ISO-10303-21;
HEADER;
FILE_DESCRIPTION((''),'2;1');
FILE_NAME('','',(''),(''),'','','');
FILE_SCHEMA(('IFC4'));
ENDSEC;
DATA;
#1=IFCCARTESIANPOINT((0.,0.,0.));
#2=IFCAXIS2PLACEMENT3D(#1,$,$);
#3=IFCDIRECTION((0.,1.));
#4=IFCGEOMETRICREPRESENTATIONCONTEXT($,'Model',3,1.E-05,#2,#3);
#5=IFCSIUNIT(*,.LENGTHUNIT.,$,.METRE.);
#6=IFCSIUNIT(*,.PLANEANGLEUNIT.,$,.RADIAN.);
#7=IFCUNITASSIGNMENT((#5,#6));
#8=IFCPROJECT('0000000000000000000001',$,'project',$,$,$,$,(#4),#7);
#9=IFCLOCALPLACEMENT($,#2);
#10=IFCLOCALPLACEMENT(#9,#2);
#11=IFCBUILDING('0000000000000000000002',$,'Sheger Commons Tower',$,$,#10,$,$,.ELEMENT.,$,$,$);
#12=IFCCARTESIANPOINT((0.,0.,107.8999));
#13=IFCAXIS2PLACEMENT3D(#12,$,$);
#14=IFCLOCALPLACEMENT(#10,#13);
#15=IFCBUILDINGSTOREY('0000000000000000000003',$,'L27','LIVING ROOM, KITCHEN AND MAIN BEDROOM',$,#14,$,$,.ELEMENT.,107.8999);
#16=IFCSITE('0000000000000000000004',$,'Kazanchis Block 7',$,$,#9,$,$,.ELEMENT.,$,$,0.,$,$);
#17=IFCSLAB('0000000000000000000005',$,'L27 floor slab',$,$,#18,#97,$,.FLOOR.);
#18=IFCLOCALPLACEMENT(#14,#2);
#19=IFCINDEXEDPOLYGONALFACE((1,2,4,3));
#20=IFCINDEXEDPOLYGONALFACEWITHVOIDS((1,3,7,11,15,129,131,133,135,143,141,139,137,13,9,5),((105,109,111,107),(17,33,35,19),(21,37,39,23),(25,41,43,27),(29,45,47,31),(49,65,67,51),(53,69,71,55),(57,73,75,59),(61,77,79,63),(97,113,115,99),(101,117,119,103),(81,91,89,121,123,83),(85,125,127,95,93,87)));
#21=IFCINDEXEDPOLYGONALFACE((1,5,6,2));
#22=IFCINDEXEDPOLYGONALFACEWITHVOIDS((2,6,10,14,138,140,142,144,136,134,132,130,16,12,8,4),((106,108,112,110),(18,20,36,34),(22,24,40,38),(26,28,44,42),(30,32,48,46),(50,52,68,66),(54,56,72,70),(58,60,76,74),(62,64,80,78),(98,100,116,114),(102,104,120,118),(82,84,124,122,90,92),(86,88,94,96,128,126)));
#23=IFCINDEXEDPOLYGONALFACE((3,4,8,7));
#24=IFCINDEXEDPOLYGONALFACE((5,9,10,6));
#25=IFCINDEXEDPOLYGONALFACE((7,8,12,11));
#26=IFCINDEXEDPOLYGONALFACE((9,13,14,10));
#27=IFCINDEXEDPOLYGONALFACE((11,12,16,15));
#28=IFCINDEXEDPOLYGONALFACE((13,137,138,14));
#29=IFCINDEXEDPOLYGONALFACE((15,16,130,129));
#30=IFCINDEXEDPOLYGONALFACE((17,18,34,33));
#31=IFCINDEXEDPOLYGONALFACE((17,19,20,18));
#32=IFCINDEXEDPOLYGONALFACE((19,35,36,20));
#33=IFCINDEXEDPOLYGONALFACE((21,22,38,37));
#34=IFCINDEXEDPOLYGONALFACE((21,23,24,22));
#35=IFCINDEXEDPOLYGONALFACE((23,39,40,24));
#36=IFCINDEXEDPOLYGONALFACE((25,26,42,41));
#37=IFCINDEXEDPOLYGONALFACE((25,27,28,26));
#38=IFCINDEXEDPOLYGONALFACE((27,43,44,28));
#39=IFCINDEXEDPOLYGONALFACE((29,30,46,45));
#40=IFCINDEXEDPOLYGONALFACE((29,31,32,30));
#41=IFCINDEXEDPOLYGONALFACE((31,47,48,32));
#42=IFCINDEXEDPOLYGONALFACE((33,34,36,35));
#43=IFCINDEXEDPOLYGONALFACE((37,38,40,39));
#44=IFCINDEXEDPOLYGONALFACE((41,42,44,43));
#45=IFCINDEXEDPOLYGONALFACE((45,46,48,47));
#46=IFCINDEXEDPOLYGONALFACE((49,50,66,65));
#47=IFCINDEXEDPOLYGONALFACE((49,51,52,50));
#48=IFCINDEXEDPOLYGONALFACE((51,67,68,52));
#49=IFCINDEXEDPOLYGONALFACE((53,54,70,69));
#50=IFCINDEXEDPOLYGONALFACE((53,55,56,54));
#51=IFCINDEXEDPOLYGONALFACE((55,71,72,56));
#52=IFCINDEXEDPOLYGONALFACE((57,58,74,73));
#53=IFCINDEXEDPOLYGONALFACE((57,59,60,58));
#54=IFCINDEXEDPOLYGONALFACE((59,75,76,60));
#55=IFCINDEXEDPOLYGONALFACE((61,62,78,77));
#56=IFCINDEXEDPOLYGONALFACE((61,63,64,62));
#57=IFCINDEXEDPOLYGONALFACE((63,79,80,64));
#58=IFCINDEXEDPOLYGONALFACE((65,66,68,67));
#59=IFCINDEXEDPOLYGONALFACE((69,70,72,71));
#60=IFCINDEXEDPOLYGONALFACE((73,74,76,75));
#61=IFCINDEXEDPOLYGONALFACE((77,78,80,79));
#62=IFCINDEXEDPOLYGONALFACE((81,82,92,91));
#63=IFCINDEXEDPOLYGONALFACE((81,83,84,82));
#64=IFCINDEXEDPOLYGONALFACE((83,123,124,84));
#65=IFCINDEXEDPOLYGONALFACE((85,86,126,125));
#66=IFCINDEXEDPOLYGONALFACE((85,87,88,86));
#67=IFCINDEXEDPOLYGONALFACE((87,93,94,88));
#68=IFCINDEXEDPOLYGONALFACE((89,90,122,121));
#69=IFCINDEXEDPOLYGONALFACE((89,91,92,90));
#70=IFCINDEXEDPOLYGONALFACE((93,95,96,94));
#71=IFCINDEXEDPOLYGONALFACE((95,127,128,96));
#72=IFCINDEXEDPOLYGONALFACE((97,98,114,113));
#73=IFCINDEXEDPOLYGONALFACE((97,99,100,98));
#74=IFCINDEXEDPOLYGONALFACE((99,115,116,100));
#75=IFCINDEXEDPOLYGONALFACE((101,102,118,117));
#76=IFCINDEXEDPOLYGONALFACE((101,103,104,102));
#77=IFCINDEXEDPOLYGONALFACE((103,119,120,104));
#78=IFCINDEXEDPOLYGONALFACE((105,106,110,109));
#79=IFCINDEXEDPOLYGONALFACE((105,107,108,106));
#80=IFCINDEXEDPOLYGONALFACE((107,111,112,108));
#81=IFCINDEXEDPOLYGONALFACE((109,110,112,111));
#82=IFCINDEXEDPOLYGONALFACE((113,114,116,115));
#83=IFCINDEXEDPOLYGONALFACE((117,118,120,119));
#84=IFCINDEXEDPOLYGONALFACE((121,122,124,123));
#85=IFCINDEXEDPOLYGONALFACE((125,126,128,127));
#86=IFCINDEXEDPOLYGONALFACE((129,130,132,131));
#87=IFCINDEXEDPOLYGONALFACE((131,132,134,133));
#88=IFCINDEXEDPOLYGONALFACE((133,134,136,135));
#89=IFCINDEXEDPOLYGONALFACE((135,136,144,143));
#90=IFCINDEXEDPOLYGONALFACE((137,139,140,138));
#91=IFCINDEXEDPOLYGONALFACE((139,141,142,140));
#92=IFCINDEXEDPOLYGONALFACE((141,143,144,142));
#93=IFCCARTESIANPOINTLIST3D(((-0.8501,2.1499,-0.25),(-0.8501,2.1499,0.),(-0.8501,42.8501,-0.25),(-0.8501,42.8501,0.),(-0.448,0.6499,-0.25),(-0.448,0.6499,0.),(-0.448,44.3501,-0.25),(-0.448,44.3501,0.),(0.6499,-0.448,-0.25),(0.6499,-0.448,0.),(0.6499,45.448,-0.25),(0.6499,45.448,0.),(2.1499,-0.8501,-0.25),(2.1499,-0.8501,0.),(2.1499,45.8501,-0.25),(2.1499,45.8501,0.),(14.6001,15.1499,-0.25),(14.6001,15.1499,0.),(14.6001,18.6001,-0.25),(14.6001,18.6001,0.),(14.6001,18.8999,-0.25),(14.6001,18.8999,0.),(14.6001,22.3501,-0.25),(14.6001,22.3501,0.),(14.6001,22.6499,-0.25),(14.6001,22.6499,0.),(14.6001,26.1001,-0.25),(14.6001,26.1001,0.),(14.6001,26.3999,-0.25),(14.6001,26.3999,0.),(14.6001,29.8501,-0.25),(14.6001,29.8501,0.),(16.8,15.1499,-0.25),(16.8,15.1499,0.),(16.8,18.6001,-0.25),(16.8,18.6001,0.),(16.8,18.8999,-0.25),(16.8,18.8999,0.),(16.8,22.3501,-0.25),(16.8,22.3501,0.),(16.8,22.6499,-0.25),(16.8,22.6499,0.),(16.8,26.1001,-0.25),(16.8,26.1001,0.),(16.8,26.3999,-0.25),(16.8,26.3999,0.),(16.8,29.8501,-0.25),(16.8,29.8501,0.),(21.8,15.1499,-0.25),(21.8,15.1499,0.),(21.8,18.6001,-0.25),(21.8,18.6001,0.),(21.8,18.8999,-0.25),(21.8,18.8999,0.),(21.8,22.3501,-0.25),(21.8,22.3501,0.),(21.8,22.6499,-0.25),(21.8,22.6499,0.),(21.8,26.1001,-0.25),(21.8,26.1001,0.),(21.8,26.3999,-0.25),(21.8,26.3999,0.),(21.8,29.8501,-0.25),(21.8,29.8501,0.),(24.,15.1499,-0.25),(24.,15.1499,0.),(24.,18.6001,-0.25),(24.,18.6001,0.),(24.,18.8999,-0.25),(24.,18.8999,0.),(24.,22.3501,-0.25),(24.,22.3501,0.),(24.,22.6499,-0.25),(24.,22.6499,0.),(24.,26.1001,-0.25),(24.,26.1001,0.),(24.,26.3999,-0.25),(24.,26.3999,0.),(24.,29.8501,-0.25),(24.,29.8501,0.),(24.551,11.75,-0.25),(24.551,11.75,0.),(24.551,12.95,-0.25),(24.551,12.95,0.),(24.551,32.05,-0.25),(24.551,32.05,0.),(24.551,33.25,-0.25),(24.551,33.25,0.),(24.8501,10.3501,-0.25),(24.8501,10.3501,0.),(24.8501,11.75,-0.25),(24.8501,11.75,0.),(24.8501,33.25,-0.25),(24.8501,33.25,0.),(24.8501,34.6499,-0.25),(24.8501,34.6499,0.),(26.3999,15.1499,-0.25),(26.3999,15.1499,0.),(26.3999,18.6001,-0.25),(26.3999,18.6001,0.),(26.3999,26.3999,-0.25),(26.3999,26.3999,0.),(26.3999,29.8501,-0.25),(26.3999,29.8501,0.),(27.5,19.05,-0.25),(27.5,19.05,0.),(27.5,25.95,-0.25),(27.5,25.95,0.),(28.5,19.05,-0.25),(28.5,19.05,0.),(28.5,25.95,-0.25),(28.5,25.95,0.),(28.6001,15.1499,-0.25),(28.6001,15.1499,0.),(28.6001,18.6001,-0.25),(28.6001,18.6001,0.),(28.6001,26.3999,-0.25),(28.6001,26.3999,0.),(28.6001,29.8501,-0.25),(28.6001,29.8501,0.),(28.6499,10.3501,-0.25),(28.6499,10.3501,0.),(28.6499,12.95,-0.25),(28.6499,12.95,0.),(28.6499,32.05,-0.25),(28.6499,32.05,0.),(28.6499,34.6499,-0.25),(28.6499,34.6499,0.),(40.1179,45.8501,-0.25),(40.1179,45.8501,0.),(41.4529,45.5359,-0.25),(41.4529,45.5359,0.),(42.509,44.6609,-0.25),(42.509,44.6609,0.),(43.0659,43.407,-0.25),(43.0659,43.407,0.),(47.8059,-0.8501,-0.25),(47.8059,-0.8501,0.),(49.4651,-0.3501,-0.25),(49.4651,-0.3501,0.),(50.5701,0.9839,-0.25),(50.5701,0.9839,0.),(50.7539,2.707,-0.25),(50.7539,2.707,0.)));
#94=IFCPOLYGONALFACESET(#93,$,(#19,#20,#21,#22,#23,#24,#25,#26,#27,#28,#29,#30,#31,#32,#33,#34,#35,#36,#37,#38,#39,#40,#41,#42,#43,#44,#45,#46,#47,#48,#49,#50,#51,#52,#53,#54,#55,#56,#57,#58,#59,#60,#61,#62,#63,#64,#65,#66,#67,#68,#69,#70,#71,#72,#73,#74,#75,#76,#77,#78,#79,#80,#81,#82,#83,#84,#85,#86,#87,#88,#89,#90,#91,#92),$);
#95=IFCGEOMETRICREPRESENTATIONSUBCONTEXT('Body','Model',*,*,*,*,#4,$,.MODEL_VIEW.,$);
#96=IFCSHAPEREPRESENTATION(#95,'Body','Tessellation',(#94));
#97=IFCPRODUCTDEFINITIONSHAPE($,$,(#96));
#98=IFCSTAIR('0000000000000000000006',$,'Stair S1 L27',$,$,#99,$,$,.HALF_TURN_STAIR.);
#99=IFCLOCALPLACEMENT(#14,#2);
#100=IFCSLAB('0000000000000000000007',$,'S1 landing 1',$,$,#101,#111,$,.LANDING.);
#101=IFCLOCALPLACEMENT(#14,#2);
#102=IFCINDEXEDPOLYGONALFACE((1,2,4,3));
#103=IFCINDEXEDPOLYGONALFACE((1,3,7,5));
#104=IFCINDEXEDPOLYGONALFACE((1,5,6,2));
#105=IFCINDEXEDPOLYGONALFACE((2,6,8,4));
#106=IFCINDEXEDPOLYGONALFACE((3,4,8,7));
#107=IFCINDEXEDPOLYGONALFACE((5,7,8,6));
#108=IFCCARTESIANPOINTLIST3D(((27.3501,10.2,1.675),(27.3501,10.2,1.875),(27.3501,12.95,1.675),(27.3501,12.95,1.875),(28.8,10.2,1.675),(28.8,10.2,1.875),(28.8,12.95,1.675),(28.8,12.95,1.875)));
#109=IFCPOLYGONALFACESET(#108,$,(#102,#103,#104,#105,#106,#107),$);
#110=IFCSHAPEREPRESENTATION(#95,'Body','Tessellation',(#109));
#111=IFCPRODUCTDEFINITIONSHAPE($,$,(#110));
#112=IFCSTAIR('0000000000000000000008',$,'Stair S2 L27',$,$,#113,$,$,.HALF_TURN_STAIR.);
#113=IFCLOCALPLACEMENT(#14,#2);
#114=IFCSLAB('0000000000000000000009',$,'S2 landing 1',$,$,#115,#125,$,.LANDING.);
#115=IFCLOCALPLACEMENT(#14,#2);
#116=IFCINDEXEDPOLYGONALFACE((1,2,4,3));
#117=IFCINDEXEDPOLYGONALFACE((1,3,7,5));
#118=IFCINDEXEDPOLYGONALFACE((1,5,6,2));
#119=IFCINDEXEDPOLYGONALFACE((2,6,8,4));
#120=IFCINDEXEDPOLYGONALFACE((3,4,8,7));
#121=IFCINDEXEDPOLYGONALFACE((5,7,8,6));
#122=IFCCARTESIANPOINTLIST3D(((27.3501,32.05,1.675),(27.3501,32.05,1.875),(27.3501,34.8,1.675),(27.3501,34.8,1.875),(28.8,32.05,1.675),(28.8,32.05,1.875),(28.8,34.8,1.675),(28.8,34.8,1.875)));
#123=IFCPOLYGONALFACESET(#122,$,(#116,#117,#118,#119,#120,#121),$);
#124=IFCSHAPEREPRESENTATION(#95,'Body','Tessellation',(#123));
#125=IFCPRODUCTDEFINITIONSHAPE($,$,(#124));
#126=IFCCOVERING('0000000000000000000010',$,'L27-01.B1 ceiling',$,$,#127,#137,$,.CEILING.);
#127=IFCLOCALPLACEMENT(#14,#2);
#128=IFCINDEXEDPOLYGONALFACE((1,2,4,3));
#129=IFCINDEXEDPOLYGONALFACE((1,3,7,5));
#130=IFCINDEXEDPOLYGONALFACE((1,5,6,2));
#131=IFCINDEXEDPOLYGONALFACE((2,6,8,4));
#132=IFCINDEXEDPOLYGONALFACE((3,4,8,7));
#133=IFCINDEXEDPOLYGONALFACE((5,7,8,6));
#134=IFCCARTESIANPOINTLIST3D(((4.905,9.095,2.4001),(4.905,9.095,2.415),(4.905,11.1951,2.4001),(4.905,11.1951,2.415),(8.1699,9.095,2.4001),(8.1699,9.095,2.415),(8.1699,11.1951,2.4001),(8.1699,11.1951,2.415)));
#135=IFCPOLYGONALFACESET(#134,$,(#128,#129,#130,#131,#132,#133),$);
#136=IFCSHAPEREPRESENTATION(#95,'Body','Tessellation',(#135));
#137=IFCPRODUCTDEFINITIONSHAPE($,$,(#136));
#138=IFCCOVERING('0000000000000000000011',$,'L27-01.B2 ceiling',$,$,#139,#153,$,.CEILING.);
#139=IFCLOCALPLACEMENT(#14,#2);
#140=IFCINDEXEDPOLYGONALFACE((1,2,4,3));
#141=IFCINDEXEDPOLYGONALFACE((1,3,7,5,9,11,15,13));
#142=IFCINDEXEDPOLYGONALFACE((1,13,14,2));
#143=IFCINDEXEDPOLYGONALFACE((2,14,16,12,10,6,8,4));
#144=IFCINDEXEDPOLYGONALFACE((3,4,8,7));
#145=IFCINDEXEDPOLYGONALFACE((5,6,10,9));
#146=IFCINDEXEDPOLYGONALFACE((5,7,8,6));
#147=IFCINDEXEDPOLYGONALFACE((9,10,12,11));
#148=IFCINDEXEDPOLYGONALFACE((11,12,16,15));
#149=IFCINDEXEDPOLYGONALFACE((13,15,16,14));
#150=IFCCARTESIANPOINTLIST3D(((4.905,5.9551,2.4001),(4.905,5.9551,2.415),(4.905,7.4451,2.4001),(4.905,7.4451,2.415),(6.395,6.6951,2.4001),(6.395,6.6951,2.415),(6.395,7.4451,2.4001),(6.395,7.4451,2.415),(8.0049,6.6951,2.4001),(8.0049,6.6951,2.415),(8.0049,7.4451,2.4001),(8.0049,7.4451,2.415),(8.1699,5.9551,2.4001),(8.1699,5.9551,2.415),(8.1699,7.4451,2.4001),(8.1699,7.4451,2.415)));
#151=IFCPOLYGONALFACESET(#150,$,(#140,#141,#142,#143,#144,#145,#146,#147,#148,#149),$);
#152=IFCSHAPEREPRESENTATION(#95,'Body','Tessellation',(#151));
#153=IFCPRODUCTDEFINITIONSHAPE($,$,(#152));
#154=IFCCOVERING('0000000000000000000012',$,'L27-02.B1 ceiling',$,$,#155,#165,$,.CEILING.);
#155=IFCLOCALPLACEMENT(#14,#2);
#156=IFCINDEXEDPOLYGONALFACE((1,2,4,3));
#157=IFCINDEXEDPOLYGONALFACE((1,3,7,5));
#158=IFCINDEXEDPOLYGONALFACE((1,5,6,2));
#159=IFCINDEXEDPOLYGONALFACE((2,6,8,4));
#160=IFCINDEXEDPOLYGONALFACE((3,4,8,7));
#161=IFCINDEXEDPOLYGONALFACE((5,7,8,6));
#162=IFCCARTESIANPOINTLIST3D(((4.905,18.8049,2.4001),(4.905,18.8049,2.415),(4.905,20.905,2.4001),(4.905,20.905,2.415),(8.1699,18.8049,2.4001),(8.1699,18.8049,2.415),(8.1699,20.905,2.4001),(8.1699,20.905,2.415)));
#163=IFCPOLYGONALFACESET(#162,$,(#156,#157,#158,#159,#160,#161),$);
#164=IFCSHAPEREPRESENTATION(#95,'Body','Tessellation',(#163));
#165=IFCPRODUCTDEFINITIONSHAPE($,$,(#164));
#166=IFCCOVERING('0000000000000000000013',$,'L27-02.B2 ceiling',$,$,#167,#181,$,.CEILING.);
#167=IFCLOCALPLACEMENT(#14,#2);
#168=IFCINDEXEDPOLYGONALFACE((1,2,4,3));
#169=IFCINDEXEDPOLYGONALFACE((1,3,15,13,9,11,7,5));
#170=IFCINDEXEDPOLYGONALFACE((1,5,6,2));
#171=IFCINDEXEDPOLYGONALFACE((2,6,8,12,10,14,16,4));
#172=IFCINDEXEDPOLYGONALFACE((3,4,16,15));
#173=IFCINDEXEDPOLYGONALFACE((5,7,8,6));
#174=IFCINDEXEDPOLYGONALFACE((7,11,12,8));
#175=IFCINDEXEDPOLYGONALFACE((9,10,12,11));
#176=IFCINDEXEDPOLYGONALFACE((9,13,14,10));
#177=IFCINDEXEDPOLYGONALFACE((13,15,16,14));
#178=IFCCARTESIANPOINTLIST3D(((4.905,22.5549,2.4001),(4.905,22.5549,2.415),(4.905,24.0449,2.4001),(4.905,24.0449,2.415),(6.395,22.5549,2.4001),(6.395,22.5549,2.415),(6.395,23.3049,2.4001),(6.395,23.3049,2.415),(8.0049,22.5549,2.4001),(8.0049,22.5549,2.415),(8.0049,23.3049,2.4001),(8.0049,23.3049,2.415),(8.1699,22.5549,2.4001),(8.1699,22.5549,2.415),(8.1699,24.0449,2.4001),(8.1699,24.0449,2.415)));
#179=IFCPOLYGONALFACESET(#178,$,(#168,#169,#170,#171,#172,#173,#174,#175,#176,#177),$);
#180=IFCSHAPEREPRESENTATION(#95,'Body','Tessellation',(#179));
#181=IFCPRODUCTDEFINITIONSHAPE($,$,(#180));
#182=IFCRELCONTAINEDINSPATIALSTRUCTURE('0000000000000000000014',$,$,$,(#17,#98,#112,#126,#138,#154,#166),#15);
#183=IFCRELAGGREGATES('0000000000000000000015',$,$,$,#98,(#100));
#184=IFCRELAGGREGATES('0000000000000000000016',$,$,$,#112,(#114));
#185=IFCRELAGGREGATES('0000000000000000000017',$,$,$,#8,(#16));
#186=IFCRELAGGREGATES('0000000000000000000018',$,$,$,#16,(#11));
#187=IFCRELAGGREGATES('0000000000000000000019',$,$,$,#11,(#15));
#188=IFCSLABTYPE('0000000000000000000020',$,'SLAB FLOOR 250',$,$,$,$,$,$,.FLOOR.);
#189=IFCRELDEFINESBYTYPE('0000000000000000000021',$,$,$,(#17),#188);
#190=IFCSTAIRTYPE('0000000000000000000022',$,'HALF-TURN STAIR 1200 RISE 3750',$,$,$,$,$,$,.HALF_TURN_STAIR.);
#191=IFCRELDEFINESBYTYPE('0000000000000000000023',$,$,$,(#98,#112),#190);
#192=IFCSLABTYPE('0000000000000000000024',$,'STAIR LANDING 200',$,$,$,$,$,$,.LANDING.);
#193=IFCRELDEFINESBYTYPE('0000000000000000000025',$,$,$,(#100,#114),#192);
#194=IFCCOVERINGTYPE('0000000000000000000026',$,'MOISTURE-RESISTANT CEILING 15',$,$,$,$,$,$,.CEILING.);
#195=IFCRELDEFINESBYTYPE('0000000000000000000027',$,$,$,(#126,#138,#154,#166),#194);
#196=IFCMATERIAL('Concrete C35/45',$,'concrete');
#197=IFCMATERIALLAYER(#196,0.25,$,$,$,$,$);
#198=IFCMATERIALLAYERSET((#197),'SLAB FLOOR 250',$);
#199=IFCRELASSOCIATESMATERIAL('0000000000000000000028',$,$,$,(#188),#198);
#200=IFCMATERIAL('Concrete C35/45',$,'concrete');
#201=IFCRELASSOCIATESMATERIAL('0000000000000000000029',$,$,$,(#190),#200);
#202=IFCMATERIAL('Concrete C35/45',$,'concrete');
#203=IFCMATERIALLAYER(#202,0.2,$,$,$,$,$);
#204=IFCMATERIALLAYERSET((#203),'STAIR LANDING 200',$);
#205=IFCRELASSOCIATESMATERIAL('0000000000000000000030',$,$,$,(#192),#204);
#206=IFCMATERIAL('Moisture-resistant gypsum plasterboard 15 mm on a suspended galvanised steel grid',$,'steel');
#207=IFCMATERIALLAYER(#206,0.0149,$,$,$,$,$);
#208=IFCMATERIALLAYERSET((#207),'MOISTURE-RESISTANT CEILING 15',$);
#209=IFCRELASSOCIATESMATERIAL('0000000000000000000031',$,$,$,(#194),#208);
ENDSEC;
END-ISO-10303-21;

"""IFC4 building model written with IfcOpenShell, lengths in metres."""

from ifc_helpers import new_model, si_unit, direction, frame, origin, place, context, subcontext, project, spatial, polyline, outline, extrude, material, layer, layer_set, type_object, element, aggregate, save


model = new_model("IFC4")

# Units and contexts
model_context = context("Model", 3, precision=1e-05, world=origin(), true_north=direction((0.0, 1.0)))
body_context = subcontext(model_context, "Body", "Model", "MODEL_VIEW")
ifc_project = project(units=[si_unit("LENGTHUNIT", "METRE"), si_unit("PLANEANGLEUNIT", "RADIAN")], contexts=[model_context])

# Site, building, storey
site_placement = place(None, origin())
site = spatial("IfcSite", under=ifc_project, at=site_placement, Name="Kazanchis Block 7", CompositionType="ELEMENT", RefElevation=0.0)
building_placement = place(site_placement, origin())
building = spatial("IfcBuilding", under=site, at=building_placement, Name="Sheger Commons Tower", CompositionType="ELEMENT")
storey_placement = place(building_placement, frame((0.0, 0.0, 107.8999)))
storey = spatial("IfcBuildingStorey", under=building, at=storey_placement, Name="L27", Description="LIVING ROOM, KITCHEN AND MAIN BEDROOM", CompositionType="ELEMENT", Elevation=107.8999)

# Slab
ifc_material_1 = material(Name="Concrete C35/45", Category="concrete")
ifc_layer_1 = layer(ifc_material_1, 0.25)
ifc_layer_set_1 = layer_set([ifc_layer_1], Name="SLAB FLOOR 250")
slab_type_1 = type_object("IfcSlabType", Name="SLAB FLOOR 250", PredefinedType="FLOOR", material=ifc_layer_set_1)
slab_1_placement = place(storey_placement, frame((0.0, 0.0, -0.25)))
element("IfcSlab", 1, at=slab_1_placement, inside=storey, type_object=slab_type_1, Name="L27 floor slab", PredefinedType="FLOOR", context=body_context, shape_type="SweptSolid", body=[
    extrude(outline(polyline([(-0.8501, 2.1499), (-0.448, 0.6499), (0.6499, -0.448), (2.1499, -0.8501), (47.8059, -0.8501), (49.4651, -0.3501), (50.5701, 0.9839), (50.7539, 2.707), (43.0659, 43.407), (42.509, 44.6609), (41.4529, 45.5359), (40.1179, 45.8501), (2.1499, 45.8501), (0.6499, 45.448), (-0.448, 44.3501), (-0.8501, 42.8501), (-0.8501, 2.1499)]), holes=[polyline([(24.8501, 10.3501), (28.6499, 10.3501), (28.6499, 12.95), (24.551, 12.95), (24.551, 11.75), (24.8501, 11.75), (24.8501, 10.3501)]), polyline([(24.551, 32.05), (28.6499, 32.05), (28.6499, 34.6499), (24.8501, 34.6499), (24.8501, 33.25), (24.551, 33.25), (24.551, 32.05)]), polyline([(26.3999, 15.1499), (28.6001, 15.1499), (28.6001, 18.6001), (26.3999, 18.6001), (26.3999, 15.1499)]), polyline([(26.3999, 26.3999), (28.6001, 26.3999), (28.6001, 29.8501), (26.3999, 29.8501), (26.3999, 26.3999)]), polyline([(14.6001, 15.1499), (16.8, 15.1499), (16.8, 18.6001), (14.6001, 18.6001), (14.6001, 15.1499)]), polyline([(14.6001, 18.8999), (16.8, 18.8999), (16.8, 22.3501), (14.6001, 22.3501), (14.6001, 18.8999)]), polyline([(14.6001, 22.6499), (16.8, 22.6499), (16.8, 26.1001), (14.6001, 26.1001), (14.6001, 22.6499)]), polyline([(14.6001, 26.3999), (16.8, 26.3999), (16.8, 29.8501), (14.6001, 29.8501), (14.6001, 26.3999)]), polyline([(21.8, 15.1499), (24.0, 15.1499), (24.0, 18.6001), (21.8, 18.6001), (21.8, 15.1499)]), polyline([(21.8, 18.8999), (24.0, 18.8999), (24.0, 22.3501), (21.8, 22.3501), (21.8, 18.8999)]), polyline([(21.8, 22.6499), (24.0, 22.6499), (24.0, 26.1001), (21.8, 26.1001), (21.8, 22.6499)]), polyline([(21.8, 26.3999), (24.0, 26.3999), (24.0, 29.8501), (21.8, 29.8501), (21.8, 26.3999)]), polyline([(27.5, 19.05), (28.5, 19.05), (28.5, 25.95), (27.5, 25.95), (27.5, 19.05)])]), origin(), (0.0, 0.0, 1.0), 0.25),
])

# Stairs, slabs
ifc_material_2 = material(Name="Concrete C35/45", Category="concrete")
stair_type = type_object("IfcStairType", Name="HALF-TURN STAIR 1200 RISE 3750", PredefinedType="HALF_TURN_STAIR", material=ifc_material_2)
stair_1_placement = place(storey_placement, origin())
stair_1 = element("IfcStair", 2, at=stair_1_placement, inside=storey, type_object=stair_type, Name="Stair S1 L27", PredefinedType="HALF_TURN_STAIR")
ifc_material_3 = material(Name="Concrete C35/45", Category="concrete")
ifc_layer_2 = layer(ifc_material_3, 0.2)
ifc_layer_set_2 = layer_set([ifc_layer_2], Name="STAIR LANDING 200")
slab_type_2 = type_object("IfcSlabType", Name="STAIR LANDING 200", PredefinedType="LANDING", material=ifc_layer_set_2)
slab_2_placement = place(storey_placement, frame((0.0, 0.0, 1.675)))
slab_2 = element("IfcSlab", 3, at=slab_2_placement, type_object=slab_type_2, Name="S1 landing 1", PredefinedType="LANDING", context=body_context, shape_type="SweptSolid", body=[
    extrude(outline(polyline([(27.3501, 10.2), (28.8, 10.2), (28.8, 12.95), (27.3501, 12.95), (27.3501, 10.2)])), origin(), (0.0, 0.0, 1.0), 0.2),
])
aggregate(stair_1, [slab_2])
stair_2_placement = place(storey_placement, origin())
stair_2 = element("IfcStair", 4, at=stair_2_placement, inside=storey, type_object=stair_type, Name="Stair S2 L27", PredefinedType="HALF_TURN_STAIR")
slab_3_placement = place(storey_placement, frame((0.0, 0.0, 1.675)))
slab_3 = element("IfcSlab", 5, at=slab_3_placement, type_object=slab_type_2, Name="S2 landing 1", PredefinedType="LANDING", context=body_context, shape_type="SweptSolid", body=[
    extrude(outline(polyline([(27.3501, 32.05), (28.8, 32.05), (28.8, 34.8), (27.3501, 34.8), (27.3501, 32.05)])), origin(), (0.0, 0.0, 1.0), 0.2),
])
aggregate(stair_2, [slab_3])

# Coverings
ifc_material_4 = material(Name="Moisture-resistant gypsum plasterboard 15 mm on a suspended galvanised steel grid", Category="steel")
ifc_layer_3 = layer(ifc_material_4, 0.0149)
ifc_layer_set_3 = layer_set([ifc_layer_3], Name="MOISTURE-RESISTANT CEILING 15")
covering_type_1 = type_object("IfcCoveringType", Name="MOISTURE-RESISTANT CEILING 15", PredefinedType="CEILING", material=ifc_layer_set_3)
covering_1_placement = place(storey_placement, frame((0.0, 0.0, 2.4001)))
element("IfcCovering", 6, at=covering_1_placement, inside=storey, type_object=covering_type_1, Name="L27-01.B1 ceiling", PredefinedType="CEILING", context=body_context, shape_type="SweptSolid", body=[
    extrude(outline(polyline([(4.905, 9.095), (8.1699, 9.095), (8.1699, 11.1951), (4.905, 11.1951), (4.905, 9.095)])), origin(), (0.0, 0.0, 1.0), 0.0149),
])
covering_2_placement = place(storey_placement, frame((0.0, 0.0, 2.4001)))
element("IfcCovering", 7, at=covering_2_placement, inside=storey, type_object=covering_type_1, Name="L27-01.B2 ceiling", PredefinedType="CEILING", context=body_context, shape_type="SweptSolid", body=[
    extrude(outline(polyline([(4.905, 5.9551), (8.1699, 5.9551), (8.1699, 7.4451), (8.0049, 7.4451), (8.0049, 6.6951), (6.395, 6.6951), (6.395, 7.4451), (4.905, 7.4451), (4.905, 5.9551)])), origin(), (0.0, 0.0, 1.0), 0.0149),
])
covering_3_placement = place(storey_placement, frame((0.0, 0.0, 2.4001)))
element("IfcCovering", 8, at=covering_3_placement, inside=storey, type_object=covering_type_1, Name="L27-02.B1 ceiling", PredefinedType="CEILING", context=body_context, shape_type="SweptSolid", body=[
    extrude(outline(polyline([(4.905, 18.8049), (8.1699, 18.8049), (8.1699, 20.905), (4.905, 20.905), (4.905, 18.8049)])), origin(), (0.0, 0.0, 1.0), 0.0149),
])
covering_4_placement = place(storey_placement, frame((0.0, 0.0, 2.4001)))
element("IfcCovering", 9, at=covering_4_placement, inside=storey, type_object=covering_type_1, Name="L27-02.B2 ceiling", PredefinedType="CEILING", context=body_context, shape_type="SweptSolid", body=[
    extrude(outline(polyline([(4.905, 22.5549), (6.395, 22.5549), (6.395, 23.3049), (8.0049, 23.3049), (8.0049, 22.5549), (8.1699, 22.5549), (8.1699, 24.0449), (4.905, 24.0449), (4.905, 22.5549)])), origin(), (0.0, 0.0, 1.0), 0.0149),
])

save(model, "model.ifc")
